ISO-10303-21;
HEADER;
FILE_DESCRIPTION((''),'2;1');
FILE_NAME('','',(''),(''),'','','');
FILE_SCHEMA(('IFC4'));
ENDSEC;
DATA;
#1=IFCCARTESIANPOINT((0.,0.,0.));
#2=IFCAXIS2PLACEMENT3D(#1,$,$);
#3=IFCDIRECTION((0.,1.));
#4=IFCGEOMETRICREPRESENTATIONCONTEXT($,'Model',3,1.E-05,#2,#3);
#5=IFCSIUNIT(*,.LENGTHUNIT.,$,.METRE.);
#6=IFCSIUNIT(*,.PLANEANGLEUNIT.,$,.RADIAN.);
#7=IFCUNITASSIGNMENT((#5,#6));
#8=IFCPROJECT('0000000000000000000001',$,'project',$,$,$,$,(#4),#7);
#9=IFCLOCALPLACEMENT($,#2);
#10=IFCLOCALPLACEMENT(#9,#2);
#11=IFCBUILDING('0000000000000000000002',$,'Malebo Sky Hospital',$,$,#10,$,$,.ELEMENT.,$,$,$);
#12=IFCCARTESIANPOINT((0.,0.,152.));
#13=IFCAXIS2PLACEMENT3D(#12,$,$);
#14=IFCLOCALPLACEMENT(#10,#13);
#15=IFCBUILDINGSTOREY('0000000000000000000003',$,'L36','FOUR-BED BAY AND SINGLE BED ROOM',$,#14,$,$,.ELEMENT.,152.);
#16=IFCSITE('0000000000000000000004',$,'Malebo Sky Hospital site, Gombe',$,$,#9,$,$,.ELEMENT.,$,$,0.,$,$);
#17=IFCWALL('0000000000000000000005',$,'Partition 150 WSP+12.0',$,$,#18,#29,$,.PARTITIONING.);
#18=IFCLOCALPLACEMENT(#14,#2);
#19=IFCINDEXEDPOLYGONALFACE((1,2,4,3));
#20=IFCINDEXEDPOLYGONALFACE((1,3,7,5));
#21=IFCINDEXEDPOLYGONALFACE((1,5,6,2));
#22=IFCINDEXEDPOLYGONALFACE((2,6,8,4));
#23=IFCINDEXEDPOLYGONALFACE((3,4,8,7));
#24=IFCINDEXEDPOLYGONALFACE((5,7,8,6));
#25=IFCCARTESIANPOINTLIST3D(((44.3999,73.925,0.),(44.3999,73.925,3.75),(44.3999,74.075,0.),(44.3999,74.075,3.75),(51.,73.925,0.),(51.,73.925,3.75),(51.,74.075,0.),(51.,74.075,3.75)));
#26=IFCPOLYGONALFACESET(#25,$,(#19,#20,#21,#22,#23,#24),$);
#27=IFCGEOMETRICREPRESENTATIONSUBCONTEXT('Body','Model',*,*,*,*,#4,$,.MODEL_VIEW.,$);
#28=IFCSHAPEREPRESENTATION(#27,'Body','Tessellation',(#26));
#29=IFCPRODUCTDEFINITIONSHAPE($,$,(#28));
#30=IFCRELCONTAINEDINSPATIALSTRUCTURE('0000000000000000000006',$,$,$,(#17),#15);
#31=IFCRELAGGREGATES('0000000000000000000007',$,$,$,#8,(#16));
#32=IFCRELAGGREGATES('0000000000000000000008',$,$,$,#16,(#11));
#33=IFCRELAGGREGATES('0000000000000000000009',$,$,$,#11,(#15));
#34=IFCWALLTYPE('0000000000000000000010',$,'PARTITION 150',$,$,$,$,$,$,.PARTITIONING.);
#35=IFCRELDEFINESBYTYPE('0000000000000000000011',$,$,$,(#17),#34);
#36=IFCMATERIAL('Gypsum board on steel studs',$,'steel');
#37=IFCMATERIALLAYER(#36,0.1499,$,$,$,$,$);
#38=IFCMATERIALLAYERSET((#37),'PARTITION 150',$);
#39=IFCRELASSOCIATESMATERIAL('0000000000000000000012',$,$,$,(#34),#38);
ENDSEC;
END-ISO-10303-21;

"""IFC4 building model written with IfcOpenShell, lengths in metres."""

from ifc_helpers import new_model, si_unit, direction, frame, frame_2d, origin, place, context, subcontext, project, spatial, rectangle, extrude, material, layer, layer_set, type_object, element, save


model = new_model("IFC4")

# Units and contexts
model_context = context("Model", 3, precision=1e-05, world=origin(), true_north=direction((0.0, 1.0)))
body_context = subcontext(model_context, "Body", "Model", "MODEL_VIEW")
ifc_project = project(units=[si_unit("LENGTHUNIT", "METRE"), si_unit("PLANEANGLEUNIT", "RADIAN")], contexts=[model_context])

# Site, building, storey
site_placement = place(None, origin())
site = spatial("IfcSite", under=ifc_project, at=site_placement, Name="Malebo Sky Hospital site, Gombe", CompositionType="ELEMENT", RefElevation=0.0)
building_placement = place(site_placement, origin())
building = spatial("IfcBuilding", under=site, at=building_placement, Name="Malebo Sky Hospital", CompositionType="ELEMENT")
storey_placement = place(building_placement, frame((0.0, 0.0, 152.0)))
storey = spatial("IfcBuildingStorey", under=building, at=storey_placement, Name="L36", Description="FOUR-BED BAY AND SINGLE BED ROOM", CompositionType="ELEMENT", Elevation=152.0)

# Shared definitions
ifc_material_1 = material(Name="Gypsum board on steel studs", Category="steel")

# Shared definitions
ifc_layer_1 = layer(ifc_material_1, 0.1499)
ifc_layer_set_1 = layer_set([ifc_layer_1], Name="PARTITION 150")
wall_type_1 = type_object("IfcWallType", Name="PARTITION 150", PredefinedType="PARTITIONING", material=ifc_layer_set_1)

# Wall
wall_1_placement = place(storey_placement, frame((51.0, 74.0, 0.0), z_axis=(0.0, 0.0, 1.0), x_axis=(-1.0, 0.0, 0.0)))
element("IfcWall", 1, at=wall_1_placement, inside=storey, type_object=wall_type_1, Name="Partition 150 WSP+12.0", PredefinedType="PARTITIONING", context=body_context, shape_type="SweptSolid", body=[
    extrude(rectangle(XDim=6.6001, YDim=0.1499, at=frame_2d((3.3, 0.0))), origin(), (0.0, 0.0, 1.0), 3.75),
])

save(model, "model.ifc")
